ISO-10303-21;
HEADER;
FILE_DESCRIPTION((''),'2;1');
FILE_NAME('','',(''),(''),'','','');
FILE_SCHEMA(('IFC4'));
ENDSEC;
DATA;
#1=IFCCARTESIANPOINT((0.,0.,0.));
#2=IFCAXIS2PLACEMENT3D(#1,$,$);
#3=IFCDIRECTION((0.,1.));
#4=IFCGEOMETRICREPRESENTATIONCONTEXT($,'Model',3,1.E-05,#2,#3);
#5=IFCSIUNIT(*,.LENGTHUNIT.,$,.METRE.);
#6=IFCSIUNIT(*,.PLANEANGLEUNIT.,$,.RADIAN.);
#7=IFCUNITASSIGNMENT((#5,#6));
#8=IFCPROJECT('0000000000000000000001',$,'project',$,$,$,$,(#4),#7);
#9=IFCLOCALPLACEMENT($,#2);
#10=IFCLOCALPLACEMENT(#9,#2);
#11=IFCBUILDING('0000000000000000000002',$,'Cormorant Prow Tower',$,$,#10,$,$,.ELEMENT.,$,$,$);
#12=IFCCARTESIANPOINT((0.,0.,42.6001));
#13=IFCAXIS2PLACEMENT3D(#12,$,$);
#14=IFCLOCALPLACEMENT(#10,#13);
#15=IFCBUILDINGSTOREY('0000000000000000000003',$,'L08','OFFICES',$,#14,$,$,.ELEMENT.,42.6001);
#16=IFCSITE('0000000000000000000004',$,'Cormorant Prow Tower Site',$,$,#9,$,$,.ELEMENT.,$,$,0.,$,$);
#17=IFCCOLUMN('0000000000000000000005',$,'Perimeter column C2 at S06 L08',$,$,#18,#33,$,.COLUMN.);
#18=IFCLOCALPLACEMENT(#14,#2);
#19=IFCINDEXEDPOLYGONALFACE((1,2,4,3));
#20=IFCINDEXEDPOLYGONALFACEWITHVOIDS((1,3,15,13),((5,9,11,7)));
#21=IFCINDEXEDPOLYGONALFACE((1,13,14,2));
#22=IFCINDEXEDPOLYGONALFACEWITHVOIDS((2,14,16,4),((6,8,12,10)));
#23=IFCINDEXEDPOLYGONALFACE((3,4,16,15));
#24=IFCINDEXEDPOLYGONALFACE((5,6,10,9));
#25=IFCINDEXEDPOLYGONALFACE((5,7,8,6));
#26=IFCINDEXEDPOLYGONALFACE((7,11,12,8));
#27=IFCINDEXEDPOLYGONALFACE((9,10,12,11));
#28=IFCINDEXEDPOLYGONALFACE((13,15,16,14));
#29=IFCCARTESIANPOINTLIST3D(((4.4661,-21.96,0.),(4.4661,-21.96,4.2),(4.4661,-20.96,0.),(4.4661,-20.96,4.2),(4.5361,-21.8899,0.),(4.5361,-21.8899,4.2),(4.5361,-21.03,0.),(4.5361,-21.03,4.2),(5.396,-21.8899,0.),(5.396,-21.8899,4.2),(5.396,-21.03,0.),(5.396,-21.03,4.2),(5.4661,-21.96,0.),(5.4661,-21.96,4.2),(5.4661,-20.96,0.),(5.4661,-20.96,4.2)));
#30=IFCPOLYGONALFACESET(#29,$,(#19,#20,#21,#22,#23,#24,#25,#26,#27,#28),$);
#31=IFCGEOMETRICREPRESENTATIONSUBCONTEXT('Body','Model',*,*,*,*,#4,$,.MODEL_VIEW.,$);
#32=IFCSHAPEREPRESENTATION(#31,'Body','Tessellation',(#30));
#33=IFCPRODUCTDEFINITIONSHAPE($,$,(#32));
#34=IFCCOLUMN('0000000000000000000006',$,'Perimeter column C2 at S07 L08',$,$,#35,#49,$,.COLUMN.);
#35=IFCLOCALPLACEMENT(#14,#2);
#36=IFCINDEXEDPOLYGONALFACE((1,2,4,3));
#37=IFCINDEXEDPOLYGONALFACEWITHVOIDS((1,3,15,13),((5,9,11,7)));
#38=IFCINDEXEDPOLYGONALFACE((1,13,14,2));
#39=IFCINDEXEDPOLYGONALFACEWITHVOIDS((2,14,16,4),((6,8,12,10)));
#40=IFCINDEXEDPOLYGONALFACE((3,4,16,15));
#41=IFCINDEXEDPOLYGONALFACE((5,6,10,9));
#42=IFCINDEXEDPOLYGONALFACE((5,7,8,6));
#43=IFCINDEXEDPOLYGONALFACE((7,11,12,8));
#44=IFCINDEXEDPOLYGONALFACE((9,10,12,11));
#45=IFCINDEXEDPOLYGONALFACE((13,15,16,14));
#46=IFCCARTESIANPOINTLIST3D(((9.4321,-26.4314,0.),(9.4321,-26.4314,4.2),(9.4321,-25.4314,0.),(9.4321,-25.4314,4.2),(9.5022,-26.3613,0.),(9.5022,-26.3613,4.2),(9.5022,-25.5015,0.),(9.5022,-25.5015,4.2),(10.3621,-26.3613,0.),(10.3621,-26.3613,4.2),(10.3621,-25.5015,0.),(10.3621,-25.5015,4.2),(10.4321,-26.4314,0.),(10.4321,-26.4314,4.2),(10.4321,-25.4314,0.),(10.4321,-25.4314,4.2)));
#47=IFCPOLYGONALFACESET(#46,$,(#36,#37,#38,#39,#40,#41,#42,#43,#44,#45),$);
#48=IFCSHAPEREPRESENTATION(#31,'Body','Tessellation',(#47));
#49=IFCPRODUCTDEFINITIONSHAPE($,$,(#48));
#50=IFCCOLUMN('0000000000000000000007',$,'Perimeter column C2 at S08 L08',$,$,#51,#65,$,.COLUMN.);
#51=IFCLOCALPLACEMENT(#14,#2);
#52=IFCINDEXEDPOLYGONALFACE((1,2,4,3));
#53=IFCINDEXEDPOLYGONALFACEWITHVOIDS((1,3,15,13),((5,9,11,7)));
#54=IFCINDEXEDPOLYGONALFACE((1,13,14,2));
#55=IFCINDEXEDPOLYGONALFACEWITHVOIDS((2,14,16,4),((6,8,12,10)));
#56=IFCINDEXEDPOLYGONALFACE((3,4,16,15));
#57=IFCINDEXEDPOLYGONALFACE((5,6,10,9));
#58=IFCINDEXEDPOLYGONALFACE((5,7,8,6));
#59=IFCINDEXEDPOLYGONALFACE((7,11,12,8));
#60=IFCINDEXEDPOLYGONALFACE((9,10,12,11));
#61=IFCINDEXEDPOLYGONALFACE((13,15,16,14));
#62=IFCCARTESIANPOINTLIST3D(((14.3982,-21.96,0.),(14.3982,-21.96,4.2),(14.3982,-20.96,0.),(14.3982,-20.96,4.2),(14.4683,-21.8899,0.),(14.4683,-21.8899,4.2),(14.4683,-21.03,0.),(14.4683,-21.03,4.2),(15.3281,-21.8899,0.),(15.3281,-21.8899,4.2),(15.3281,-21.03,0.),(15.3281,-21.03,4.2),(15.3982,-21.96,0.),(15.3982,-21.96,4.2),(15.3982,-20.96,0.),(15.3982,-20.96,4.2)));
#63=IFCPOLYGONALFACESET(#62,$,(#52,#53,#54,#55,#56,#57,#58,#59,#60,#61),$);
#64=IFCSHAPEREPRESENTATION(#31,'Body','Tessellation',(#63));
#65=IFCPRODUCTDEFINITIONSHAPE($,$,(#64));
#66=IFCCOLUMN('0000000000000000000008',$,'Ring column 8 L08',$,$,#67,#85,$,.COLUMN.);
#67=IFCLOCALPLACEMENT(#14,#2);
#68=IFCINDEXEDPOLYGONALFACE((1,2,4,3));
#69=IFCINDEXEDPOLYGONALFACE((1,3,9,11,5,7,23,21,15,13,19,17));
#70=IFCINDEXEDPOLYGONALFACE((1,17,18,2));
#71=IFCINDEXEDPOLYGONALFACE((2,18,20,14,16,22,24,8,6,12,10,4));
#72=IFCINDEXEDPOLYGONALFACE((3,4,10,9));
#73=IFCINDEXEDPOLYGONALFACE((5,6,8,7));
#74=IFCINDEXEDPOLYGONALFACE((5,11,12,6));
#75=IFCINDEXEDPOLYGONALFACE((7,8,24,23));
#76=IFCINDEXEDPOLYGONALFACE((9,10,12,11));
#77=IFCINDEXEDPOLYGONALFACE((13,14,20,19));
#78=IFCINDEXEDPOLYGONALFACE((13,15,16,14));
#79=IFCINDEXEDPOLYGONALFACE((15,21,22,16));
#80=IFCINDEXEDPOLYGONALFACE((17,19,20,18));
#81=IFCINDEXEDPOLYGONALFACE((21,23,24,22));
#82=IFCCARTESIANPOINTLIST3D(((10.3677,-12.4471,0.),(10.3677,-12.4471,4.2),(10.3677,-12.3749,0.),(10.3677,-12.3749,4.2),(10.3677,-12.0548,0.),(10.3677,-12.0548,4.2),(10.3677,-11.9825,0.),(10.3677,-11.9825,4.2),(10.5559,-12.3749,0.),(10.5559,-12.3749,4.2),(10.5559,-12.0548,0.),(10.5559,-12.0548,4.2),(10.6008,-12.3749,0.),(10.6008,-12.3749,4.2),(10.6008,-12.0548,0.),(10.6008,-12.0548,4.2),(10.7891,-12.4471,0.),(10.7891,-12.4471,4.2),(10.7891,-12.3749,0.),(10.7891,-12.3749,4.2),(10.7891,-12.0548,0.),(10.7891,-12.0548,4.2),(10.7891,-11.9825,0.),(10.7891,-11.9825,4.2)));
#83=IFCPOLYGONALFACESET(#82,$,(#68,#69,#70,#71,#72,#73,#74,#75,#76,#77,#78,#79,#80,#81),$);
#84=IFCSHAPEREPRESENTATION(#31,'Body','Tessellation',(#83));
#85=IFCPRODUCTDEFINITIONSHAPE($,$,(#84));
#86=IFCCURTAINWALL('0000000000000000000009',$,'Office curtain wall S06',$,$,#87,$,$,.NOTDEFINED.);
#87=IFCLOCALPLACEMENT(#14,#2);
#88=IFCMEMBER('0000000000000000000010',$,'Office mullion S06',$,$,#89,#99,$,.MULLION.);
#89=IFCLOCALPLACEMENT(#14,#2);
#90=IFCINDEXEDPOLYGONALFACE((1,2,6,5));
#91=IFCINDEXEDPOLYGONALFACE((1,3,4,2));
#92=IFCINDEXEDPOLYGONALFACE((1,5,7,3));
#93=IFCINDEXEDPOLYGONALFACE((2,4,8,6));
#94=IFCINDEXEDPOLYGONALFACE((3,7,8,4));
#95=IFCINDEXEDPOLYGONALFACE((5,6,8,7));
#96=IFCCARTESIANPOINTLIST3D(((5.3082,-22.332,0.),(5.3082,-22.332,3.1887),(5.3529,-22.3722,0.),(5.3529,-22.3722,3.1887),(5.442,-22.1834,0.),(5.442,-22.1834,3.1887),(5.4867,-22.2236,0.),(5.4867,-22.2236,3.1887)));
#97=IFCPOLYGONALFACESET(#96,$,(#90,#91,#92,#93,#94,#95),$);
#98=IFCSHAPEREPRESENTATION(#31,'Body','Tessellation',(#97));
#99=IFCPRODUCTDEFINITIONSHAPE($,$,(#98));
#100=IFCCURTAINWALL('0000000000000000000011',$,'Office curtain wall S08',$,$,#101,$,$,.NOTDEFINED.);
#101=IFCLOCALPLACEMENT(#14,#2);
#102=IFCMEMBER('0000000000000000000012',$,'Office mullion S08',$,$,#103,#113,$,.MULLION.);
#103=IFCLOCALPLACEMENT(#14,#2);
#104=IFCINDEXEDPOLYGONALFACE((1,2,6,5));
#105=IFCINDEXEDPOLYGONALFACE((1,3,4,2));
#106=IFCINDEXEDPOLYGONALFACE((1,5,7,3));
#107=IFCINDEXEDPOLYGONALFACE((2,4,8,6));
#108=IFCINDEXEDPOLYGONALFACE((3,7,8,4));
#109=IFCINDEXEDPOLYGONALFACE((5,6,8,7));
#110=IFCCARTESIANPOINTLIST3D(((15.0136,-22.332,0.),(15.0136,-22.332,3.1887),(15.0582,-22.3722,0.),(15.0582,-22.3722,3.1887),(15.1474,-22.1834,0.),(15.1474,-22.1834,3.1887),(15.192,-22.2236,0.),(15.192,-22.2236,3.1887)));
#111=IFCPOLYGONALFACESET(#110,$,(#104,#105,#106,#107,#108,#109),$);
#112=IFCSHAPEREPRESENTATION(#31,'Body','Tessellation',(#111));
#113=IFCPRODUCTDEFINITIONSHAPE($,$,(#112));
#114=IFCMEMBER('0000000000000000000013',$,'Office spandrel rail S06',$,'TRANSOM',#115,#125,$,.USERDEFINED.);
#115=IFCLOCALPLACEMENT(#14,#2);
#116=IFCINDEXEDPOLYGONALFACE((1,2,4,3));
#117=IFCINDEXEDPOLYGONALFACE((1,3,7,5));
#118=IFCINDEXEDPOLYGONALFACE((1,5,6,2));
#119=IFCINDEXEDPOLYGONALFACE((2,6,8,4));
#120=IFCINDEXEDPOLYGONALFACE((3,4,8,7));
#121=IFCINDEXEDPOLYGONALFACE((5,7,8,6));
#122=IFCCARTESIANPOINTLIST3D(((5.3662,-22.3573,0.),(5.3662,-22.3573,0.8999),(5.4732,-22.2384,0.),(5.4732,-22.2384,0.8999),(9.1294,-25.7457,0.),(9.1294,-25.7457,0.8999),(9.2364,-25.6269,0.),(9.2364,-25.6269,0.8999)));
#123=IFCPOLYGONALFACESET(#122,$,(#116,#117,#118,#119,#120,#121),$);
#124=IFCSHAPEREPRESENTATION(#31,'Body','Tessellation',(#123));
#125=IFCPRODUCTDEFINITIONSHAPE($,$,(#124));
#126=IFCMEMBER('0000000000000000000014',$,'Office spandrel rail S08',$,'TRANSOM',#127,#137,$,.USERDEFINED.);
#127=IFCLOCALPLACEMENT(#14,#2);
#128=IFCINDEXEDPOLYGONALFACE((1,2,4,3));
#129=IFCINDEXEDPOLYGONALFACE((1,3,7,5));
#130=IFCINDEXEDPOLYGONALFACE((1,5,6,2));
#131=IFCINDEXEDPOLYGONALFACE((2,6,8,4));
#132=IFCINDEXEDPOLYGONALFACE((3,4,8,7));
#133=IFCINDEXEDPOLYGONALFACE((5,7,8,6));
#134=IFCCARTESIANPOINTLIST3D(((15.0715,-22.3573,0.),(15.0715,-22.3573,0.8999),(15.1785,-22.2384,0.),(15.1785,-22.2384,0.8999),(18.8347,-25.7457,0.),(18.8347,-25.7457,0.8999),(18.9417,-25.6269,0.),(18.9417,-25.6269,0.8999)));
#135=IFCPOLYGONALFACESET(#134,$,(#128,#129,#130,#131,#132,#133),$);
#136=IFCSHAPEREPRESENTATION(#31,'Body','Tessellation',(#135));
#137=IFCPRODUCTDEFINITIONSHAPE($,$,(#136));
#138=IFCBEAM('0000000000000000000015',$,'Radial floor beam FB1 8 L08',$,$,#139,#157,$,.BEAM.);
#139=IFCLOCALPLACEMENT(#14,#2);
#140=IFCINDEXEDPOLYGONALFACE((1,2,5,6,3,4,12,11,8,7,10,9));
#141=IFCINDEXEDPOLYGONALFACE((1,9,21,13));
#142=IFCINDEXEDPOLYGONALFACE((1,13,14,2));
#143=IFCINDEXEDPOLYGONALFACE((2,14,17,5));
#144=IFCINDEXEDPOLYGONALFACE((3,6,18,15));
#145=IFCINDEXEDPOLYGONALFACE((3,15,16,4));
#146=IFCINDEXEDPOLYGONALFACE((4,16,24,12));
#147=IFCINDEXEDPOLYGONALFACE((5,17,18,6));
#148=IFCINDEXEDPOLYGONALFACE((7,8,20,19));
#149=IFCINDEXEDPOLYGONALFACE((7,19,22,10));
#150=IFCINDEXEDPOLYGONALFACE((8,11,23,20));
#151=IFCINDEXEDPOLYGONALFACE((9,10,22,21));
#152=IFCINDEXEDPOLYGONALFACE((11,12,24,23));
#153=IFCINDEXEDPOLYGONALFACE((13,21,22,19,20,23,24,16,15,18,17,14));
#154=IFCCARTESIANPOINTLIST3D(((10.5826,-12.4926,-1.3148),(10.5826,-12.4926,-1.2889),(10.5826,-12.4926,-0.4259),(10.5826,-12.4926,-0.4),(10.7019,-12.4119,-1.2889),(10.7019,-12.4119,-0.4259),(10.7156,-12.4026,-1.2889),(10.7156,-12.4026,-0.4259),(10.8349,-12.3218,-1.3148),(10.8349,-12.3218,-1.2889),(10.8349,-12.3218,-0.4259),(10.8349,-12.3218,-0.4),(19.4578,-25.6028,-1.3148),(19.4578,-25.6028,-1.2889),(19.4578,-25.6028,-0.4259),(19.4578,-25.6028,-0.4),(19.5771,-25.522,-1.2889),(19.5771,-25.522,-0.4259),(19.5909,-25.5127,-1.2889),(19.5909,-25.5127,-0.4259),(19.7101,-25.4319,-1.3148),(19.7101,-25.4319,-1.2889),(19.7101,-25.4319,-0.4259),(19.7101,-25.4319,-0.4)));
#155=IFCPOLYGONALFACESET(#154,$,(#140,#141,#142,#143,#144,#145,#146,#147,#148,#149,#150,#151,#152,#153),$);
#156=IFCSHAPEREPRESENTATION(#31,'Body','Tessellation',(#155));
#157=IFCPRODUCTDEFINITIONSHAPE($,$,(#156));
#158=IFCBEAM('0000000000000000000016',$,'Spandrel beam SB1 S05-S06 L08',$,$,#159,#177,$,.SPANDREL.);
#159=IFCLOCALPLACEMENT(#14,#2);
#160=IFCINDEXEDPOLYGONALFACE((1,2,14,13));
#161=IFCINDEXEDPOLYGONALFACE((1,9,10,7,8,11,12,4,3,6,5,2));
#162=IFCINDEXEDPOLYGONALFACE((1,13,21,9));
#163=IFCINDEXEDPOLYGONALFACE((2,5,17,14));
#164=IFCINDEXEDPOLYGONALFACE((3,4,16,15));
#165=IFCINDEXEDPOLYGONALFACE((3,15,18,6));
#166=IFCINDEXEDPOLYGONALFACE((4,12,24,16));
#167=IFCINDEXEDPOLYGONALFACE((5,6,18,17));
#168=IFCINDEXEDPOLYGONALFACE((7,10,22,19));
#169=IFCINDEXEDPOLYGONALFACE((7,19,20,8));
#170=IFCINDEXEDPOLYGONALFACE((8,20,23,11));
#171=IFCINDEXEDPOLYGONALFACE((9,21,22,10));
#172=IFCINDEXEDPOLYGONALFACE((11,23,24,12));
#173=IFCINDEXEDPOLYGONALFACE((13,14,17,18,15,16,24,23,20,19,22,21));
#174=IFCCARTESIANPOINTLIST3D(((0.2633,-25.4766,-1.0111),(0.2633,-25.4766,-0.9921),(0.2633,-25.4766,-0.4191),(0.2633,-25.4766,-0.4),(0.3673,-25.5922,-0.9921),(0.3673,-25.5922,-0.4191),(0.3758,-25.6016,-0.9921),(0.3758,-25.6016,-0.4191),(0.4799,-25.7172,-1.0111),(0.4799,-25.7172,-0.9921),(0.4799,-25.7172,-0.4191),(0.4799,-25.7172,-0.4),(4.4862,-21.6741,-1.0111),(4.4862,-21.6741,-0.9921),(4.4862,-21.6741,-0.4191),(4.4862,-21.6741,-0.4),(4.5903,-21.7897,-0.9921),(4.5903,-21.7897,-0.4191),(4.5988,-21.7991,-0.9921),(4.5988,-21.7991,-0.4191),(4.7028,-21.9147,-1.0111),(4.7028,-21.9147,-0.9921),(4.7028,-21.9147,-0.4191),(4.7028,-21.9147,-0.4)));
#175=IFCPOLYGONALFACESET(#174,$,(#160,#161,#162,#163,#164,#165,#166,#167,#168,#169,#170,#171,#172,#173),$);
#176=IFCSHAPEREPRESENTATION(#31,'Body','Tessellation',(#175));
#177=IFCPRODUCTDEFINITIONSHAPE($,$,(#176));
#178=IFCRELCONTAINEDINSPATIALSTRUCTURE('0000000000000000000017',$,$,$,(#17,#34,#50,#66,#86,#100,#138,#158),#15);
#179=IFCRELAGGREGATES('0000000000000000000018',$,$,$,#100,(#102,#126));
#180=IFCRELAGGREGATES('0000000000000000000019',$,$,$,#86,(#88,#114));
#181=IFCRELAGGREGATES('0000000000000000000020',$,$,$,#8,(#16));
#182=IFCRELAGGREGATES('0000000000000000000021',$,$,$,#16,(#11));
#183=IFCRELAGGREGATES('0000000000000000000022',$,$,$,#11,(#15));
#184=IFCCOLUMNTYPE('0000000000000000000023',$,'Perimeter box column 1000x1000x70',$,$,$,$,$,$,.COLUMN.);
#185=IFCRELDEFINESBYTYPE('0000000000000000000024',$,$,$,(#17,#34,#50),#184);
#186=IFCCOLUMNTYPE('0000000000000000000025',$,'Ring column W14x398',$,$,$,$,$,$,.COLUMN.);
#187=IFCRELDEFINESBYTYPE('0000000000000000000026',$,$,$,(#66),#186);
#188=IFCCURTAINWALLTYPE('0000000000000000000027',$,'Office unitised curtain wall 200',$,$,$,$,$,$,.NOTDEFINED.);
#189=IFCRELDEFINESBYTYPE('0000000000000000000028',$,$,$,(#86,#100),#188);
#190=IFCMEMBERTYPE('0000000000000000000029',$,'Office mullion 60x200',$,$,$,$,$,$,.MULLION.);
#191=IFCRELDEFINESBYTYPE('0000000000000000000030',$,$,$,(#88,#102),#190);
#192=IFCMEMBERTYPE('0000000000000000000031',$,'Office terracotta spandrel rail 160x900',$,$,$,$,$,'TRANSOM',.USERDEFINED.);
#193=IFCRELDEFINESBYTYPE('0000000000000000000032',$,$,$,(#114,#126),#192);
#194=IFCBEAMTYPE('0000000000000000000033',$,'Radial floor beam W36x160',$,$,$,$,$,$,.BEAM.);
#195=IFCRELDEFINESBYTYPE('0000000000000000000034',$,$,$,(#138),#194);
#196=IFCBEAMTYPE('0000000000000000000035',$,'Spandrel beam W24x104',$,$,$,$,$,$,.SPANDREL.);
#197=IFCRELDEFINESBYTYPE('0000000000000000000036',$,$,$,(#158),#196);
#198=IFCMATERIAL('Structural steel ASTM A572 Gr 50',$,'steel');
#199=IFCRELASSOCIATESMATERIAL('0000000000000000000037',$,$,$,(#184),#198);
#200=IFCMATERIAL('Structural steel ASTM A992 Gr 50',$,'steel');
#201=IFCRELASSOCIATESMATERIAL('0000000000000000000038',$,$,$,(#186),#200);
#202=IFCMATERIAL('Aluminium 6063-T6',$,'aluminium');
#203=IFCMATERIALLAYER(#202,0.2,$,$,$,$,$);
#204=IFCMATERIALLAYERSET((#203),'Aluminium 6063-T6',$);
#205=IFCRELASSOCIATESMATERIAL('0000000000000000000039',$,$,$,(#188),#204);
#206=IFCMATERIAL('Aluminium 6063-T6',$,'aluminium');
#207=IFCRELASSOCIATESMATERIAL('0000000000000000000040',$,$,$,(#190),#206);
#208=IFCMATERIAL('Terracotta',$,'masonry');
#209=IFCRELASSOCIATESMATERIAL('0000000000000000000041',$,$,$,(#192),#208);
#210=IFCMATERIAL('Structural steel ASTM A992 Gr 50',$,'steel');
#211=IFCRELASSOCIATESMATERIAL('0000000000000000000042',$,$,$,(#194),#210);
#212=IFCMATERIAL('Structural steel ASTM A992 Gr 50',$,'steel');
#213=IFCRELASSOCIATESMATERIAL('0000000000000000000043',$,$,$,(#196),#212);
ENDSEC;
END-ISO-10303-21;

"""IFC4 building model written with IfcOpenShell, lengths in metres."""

from ifc_helpers import new_model, si_unit, direction, frame, origin, origin_2d, place, context, subcontext, project, spatial, rectangle, hollow_rectangle, i_section, extrude, material, layer, layer_set, material_profile, profile_set, type_object, element, aggregate, save


model = new_model("IFC4")

# Units and contexts
model_context = context("Model", 3, precision=1e-05, world=origin(), true_north=direction((0.0, 1.0)))
body_context = subcontext(model_context, "Body", "Model", "MODEL_VIEW")
ifc_project = project(units=[si_unit("LENGTHUNIT", "METRE"), si_unit("PLANEANGLEUNIT", "RADIAN")], contexts=[model_context])

# Site, building, storey
site_placement = place(None, origin())
site = spatial("IfcSite", under=ifc_project, at=site_placement, Name="Cormorant Prow Tower Site", CompositionType="ELEMENT", RefElevation=0.0)
building_placement = place(site_placement, origin())
building = spatial("IfcBuilding", under=site, at=building_placement, Name="Cormorant Prow Tower", CompositionType="ELEMENT")
storey_placement = place(building_placement, frame((0.0, 0.0, 42.6001)))
storey = spatial("IfcBuildingStorey", under=building, at=storey_placement, Name="L08", Description="OFFICES", CompositionType="ELEMENT", Elevation=42.6001)

# Columns
ifc_material_1 = material(Name="Structural steel ASTM A572 Gr 50", Category="steel")
ifc_material_profile_1 = material_profile(ifc_material_1, hollow_rectangle(XDim=1.0, YDim=1.0, WallThickness=0.0701, at=origin_2d()), Name="Box 1000x1000x70")
ifc_profile_set_1 = profile_set([ifc_material_profile_1], Name="Structural steel ASTM A572 Gr 50")
column_type_1 = type_object("IfcColumnType", Name="Perimeter box column 1000x1000x70", PredefinedType="COLUMN", material=ifc_profile_set_1)
for number, where, z_axis, x_axis, name in (
    (1, (4.9661, -21.46, 0.0), (0.0, 0.0, 1.0), (1.0, 0.0, 0.0), "Perimeter column C2 at S06 L08"),
    (2, (9.9321, -25.9314, 0.0), (0.0, 0.0, 1.0), (1.0, 0.0, 0.0), "Perimeter column C2 at S07 L08"),
    (3, (14.8982, -21.46, 0.0), (0.0, 0.0, 1.0), (1.0, 0.0, 0.0), "Perimeter column C2 at S08 L08"),
):
    element("IfcColumn", number, at=place(storey_placement, frame(where, z_axis=z_axis, x_axis=x_axis)), inside=storey, type_object=column_type_1, Name=name, PredefinedType="COLUMN", context=body_context, shape_type="SweptSolid", body=[
        extrude(hollow_rectangle(XDim=1.0, YDim=1.0, WallThickness=0.0701, at=origin_2d()), origin(), (0.0, 0.0, 1.0), 4.2),
    ])
ifc_material_2 = material(Name="Structural steel ASTM A992 Gr 50", Category="steel")
ifc_material_profile_2 = material_profile(ifc_material_2, i_section(OverallWidth=0.4214, OverallDepth=0.4646, WebThickness=0.0449, FlangeThickness=0.0723, at=origin_2d()), Name="W14x398")
ifc_profile_set_2 = profile_set([ifc_material_profile_2], Name="Structural steel ASTM A992 Gr 50")
column_type_2 = type_object("IfcColumnType", Name="Ring column W14x398", PredefinedType="COLUMN", material=ifc_profile_set_2)
column_placement = place(storey_placement, frame((10.5784, -12.2148, 0.0), z_axis=(0.0, 0.0, 1.0), x_axis=(1.0, 0.0, 0.0)))
element("IfcColumn", 4, at=column_placement, inside=storey, type_object=column_type_2, Name="Ring column 8 L08", PredefinedType="COLUMN", context=body_context, shape_type="SweptSolid", body=[
    extrude(i_section(OverallWidth=0.4214, OverallDepth=0.4646, WebThickness=0.0449, FlangeThickness=0.0723, at=origin_2d()), origin(), (0.0, 0.0, 1.0), 4.2),
])

# Curtain walls, members
ifc_material_3 = material(Name="Aluminium 6063-T6", Category="aluminium")
ifc_layer_1 = layer(ifc_material_3, 0.2)
ifc_layer_set_1 = layer_set([ifc_layer_1], Name="Aluminium 6063-T6")
curtain_wall_type = type_object("IfcCurtainWallType", Name="Office unitised curtain wall 200", PredefinedType="NOTDEFINED", material=ifc_layer_set_1)
curtain_wall_1_placement = place(storey_placement, origin())
curtain_wall_1 = element("IfcCurtainWall", 5, at=curtain_wall_1_placement, inside=storey, type_object=curtain_wall_type, Name="Office curtain wall S06", PredefinedType="NOTDEFINED")
ifc_material_4 = material(Name="Aluminium 6063-T6", Category="aluminium")
ifc_material_profile_3 = material_profile(ifc_material_4, rectangle(XDim=0.2, YDim=0.0601, at=origin_2d()), Name="Office mullion 60x200")
ifc_profile_set_3 = profile_set([ifc_material_profile_3], Name="Aluminium 6063-T6")
member_type_1 = type_object("IfcMemberType", Name="Office mullion 60x200", PredefinedType="MULLION", material=ifc_profile_set_3)
member_1_placement = place(storey_placement, frame((5.3975, -22.2778, 0.0), z_axis=(0.0, 0.0, 1.0), x_axis=(0.669131, 0.743145, 0.0)))
member_1 = element("IfcMember", 6, at=member_1_placement, type_object=member_type_1, Name="Office mullion S06", PredefinedType="MULLION", context=body_context, shape_type="SweptSolid", body=[
    extrude(rectangle(XDim=0.2, YDim=0.0601, at=origin_2d()), origin(), (0.0, 0.0, 1.0), 3.1887),
])
curtain_wall_2_placement = place(storey_placement, origin())
curtain_wall_2 = element("IfcCurtainWall", 7, at=curtain_wall_2_placement, inside=storey, type_object=curtain_wall_type, Name="Office curtain wall S08", PredefinedType="NOTDEFINED")
member_2_placement = place(storey_placement, frame((15.1028, -22.2778, 0.0), z_axis=(0.0, 0.0, 1.0), x_axis=(0.669131, 0.743145, 0.0)))
member_2 = element("IfcMember", 8, at=member_2_placement, type_object=member_type_1, Name="Office mullion S08", PredefinedType="MULLION", context=body_context, shape_type="SweptSolid", body=[
    extrude(rectangle(XDim=0.2, YDim=0.0601, at=origin_2d()), origin(), (0.0, 0.0, 1.0), 3.1887),
])

# Members
ifc_material_5 = material(Name="Terracotta", Category="masonry")
ifc_material_profile_4 = material_profile(ifc_material_5, rectangle(XDim=0.1599, YDim=0.8999, at=origin_2d()), Name="Office terracotta spandrel rail 160x900")
ifc_profile_set_4 = profile_set([ifc_material_profile_4], Name="Terracotta")
member_type_2 = type_object("IfcMemberType", Name="Office terracotta spandrel rail 160x900", ElementType="TRANSOM", PredefinedType="USERDEFINED", material=ifc_profile_set_4)
member_3_placement = place(storey_placement, frame((5.4197, -22.2979, 0.45), z_axis=(0.743141, -0.669135, 0.0), x_axis=(0.669135, 0.743141, 0.0)))
member_3 = element("IfcMember", 9, at=member_3_placement, type_object=member_type_2, Name="Office spandrel rail S06", ObjectType="TRANSOM", PredefinedType="USERDEFINED", context=body_context, shape_type="SweptSolid", body=[
    extrude(rectangle(XDim=0.1599, YDim=0.8999, at=origin_2d()), origin(), (0.0, 0.0, 1.0), 5.064),
])
member_4_placement = place(storey_placement, frame((15.125, -22.2979, 0.45), z_axis=(0.743141, -0.669135, 0.0), x_axis=(0.669135, 0.743141, 0.0)))
member_4 = element("IfcMember", 10, at=member_4_placement, type_object=member_type_2, Name="Office spandrel rail S08", ObjectType="TRANSOM", PredefinedType="USERDEFINED", context=body_context, shape_type="SweptSolid", body=[
    extrude(rectangle(XDim=0.1599, YDim=0.8999, at=origin_2d()), origin(), (0.0, 0.0, 1.0), 5.064),
])
aggregate(curtain_wall_2, [member_2, member_4])

# Beams
ifc_material_6 = material(Name="Structural steel ASTM A992 Gr 50", Category="steel")
ifc_material_profile_5 = material_profile(ifc_material_6, i_section(OverallWidth=0.3047, OverallDepth=0.9148, WebThickness=0.0166, FlangeThickness=0.0259, at=origin_2d()), Name="W36x160")
ifc_profile_set_5 = profile_set([ifc_material_profile_5], Name="Structural steel ASTM A992 Gr 50")
beam_type_1 = type_object("IfcBeamType", Name="Radial floor beam W36x160", PredefinedType="BEAM", material=ifc_profile_set_5)
beam_placement = place(storey_placement, frame((10.7087, -12.4072, -0.8574), z_axis=(0.560597, -0.828089, 0.0), x_axis=(0.828089, 0.560597, 0.0)))
element("IfcBeam", 11, at=beam_placement, inside=storey, type_object=beam_type_1, Name="Radial floor beam FB1 8 L08", PredefinedType="BEAM", context=body_context, shape_type="SweptSolid", body=[
    extrude(i_section(OverallWidth=0.3047, OverallDepth=0.9148, WebThickness=0.0166, FlangeThickness=0.0259, at=origin_2d()), origin(), (0.0, 0.0, 1.0), 15.8318),
])
ifc_material_7 = material(Name="Structural steel ASTM A992 Gr 50", Category="steel")
ifc_material_profile_6 = material_profile(ifc_material_7, i_section(OverallWidth=0.3237, OverallDepth=0.6111, WebThickness=0.0127, FlangeThickness=0.019, at=origin_2d()), Name="W24x104")
ifc_profile_set_6 = profile_set([ifc_material_profile_6], Name="Structural steel ASTM A992 Gr 50")
beam_type_2 = type_object("IfcBeamType", Name="Spandrel beam W24x104", PredefinedType="SPANDREL", material=ifc_profile_set_6)
for number, where, z_axis, x_axis, name in (
    (12, (0.3716, -25.5969, -0.7056), (0.74313, 0.669147, 0.0), (-0.669147, 0.74313, 0.0), "Spandrel beam SB1 S05-S06 L08"),
):
    element("IfcBeam", number, at=place(storey_placement, frame(where, z_axis=z_axis, x_axis=x_axis)), inside=storey, type_object=beam_type_2, Name=name, PredefinedType="SPANDREL", context=body_context, shape_type="SweptSolid", body=[
        extrude(i_section(OverallWidth=0.3237, OverallDepth=0.6111, WebThickness=0.0127, FlangeThickness=0.019, at=origin_2d()), origin(), (0.0, 0.0, 1.0), 5.6826),
    ])

aggregate(curtain_wall_1, [member_1, member_3])

save(model, "model.ifc")
